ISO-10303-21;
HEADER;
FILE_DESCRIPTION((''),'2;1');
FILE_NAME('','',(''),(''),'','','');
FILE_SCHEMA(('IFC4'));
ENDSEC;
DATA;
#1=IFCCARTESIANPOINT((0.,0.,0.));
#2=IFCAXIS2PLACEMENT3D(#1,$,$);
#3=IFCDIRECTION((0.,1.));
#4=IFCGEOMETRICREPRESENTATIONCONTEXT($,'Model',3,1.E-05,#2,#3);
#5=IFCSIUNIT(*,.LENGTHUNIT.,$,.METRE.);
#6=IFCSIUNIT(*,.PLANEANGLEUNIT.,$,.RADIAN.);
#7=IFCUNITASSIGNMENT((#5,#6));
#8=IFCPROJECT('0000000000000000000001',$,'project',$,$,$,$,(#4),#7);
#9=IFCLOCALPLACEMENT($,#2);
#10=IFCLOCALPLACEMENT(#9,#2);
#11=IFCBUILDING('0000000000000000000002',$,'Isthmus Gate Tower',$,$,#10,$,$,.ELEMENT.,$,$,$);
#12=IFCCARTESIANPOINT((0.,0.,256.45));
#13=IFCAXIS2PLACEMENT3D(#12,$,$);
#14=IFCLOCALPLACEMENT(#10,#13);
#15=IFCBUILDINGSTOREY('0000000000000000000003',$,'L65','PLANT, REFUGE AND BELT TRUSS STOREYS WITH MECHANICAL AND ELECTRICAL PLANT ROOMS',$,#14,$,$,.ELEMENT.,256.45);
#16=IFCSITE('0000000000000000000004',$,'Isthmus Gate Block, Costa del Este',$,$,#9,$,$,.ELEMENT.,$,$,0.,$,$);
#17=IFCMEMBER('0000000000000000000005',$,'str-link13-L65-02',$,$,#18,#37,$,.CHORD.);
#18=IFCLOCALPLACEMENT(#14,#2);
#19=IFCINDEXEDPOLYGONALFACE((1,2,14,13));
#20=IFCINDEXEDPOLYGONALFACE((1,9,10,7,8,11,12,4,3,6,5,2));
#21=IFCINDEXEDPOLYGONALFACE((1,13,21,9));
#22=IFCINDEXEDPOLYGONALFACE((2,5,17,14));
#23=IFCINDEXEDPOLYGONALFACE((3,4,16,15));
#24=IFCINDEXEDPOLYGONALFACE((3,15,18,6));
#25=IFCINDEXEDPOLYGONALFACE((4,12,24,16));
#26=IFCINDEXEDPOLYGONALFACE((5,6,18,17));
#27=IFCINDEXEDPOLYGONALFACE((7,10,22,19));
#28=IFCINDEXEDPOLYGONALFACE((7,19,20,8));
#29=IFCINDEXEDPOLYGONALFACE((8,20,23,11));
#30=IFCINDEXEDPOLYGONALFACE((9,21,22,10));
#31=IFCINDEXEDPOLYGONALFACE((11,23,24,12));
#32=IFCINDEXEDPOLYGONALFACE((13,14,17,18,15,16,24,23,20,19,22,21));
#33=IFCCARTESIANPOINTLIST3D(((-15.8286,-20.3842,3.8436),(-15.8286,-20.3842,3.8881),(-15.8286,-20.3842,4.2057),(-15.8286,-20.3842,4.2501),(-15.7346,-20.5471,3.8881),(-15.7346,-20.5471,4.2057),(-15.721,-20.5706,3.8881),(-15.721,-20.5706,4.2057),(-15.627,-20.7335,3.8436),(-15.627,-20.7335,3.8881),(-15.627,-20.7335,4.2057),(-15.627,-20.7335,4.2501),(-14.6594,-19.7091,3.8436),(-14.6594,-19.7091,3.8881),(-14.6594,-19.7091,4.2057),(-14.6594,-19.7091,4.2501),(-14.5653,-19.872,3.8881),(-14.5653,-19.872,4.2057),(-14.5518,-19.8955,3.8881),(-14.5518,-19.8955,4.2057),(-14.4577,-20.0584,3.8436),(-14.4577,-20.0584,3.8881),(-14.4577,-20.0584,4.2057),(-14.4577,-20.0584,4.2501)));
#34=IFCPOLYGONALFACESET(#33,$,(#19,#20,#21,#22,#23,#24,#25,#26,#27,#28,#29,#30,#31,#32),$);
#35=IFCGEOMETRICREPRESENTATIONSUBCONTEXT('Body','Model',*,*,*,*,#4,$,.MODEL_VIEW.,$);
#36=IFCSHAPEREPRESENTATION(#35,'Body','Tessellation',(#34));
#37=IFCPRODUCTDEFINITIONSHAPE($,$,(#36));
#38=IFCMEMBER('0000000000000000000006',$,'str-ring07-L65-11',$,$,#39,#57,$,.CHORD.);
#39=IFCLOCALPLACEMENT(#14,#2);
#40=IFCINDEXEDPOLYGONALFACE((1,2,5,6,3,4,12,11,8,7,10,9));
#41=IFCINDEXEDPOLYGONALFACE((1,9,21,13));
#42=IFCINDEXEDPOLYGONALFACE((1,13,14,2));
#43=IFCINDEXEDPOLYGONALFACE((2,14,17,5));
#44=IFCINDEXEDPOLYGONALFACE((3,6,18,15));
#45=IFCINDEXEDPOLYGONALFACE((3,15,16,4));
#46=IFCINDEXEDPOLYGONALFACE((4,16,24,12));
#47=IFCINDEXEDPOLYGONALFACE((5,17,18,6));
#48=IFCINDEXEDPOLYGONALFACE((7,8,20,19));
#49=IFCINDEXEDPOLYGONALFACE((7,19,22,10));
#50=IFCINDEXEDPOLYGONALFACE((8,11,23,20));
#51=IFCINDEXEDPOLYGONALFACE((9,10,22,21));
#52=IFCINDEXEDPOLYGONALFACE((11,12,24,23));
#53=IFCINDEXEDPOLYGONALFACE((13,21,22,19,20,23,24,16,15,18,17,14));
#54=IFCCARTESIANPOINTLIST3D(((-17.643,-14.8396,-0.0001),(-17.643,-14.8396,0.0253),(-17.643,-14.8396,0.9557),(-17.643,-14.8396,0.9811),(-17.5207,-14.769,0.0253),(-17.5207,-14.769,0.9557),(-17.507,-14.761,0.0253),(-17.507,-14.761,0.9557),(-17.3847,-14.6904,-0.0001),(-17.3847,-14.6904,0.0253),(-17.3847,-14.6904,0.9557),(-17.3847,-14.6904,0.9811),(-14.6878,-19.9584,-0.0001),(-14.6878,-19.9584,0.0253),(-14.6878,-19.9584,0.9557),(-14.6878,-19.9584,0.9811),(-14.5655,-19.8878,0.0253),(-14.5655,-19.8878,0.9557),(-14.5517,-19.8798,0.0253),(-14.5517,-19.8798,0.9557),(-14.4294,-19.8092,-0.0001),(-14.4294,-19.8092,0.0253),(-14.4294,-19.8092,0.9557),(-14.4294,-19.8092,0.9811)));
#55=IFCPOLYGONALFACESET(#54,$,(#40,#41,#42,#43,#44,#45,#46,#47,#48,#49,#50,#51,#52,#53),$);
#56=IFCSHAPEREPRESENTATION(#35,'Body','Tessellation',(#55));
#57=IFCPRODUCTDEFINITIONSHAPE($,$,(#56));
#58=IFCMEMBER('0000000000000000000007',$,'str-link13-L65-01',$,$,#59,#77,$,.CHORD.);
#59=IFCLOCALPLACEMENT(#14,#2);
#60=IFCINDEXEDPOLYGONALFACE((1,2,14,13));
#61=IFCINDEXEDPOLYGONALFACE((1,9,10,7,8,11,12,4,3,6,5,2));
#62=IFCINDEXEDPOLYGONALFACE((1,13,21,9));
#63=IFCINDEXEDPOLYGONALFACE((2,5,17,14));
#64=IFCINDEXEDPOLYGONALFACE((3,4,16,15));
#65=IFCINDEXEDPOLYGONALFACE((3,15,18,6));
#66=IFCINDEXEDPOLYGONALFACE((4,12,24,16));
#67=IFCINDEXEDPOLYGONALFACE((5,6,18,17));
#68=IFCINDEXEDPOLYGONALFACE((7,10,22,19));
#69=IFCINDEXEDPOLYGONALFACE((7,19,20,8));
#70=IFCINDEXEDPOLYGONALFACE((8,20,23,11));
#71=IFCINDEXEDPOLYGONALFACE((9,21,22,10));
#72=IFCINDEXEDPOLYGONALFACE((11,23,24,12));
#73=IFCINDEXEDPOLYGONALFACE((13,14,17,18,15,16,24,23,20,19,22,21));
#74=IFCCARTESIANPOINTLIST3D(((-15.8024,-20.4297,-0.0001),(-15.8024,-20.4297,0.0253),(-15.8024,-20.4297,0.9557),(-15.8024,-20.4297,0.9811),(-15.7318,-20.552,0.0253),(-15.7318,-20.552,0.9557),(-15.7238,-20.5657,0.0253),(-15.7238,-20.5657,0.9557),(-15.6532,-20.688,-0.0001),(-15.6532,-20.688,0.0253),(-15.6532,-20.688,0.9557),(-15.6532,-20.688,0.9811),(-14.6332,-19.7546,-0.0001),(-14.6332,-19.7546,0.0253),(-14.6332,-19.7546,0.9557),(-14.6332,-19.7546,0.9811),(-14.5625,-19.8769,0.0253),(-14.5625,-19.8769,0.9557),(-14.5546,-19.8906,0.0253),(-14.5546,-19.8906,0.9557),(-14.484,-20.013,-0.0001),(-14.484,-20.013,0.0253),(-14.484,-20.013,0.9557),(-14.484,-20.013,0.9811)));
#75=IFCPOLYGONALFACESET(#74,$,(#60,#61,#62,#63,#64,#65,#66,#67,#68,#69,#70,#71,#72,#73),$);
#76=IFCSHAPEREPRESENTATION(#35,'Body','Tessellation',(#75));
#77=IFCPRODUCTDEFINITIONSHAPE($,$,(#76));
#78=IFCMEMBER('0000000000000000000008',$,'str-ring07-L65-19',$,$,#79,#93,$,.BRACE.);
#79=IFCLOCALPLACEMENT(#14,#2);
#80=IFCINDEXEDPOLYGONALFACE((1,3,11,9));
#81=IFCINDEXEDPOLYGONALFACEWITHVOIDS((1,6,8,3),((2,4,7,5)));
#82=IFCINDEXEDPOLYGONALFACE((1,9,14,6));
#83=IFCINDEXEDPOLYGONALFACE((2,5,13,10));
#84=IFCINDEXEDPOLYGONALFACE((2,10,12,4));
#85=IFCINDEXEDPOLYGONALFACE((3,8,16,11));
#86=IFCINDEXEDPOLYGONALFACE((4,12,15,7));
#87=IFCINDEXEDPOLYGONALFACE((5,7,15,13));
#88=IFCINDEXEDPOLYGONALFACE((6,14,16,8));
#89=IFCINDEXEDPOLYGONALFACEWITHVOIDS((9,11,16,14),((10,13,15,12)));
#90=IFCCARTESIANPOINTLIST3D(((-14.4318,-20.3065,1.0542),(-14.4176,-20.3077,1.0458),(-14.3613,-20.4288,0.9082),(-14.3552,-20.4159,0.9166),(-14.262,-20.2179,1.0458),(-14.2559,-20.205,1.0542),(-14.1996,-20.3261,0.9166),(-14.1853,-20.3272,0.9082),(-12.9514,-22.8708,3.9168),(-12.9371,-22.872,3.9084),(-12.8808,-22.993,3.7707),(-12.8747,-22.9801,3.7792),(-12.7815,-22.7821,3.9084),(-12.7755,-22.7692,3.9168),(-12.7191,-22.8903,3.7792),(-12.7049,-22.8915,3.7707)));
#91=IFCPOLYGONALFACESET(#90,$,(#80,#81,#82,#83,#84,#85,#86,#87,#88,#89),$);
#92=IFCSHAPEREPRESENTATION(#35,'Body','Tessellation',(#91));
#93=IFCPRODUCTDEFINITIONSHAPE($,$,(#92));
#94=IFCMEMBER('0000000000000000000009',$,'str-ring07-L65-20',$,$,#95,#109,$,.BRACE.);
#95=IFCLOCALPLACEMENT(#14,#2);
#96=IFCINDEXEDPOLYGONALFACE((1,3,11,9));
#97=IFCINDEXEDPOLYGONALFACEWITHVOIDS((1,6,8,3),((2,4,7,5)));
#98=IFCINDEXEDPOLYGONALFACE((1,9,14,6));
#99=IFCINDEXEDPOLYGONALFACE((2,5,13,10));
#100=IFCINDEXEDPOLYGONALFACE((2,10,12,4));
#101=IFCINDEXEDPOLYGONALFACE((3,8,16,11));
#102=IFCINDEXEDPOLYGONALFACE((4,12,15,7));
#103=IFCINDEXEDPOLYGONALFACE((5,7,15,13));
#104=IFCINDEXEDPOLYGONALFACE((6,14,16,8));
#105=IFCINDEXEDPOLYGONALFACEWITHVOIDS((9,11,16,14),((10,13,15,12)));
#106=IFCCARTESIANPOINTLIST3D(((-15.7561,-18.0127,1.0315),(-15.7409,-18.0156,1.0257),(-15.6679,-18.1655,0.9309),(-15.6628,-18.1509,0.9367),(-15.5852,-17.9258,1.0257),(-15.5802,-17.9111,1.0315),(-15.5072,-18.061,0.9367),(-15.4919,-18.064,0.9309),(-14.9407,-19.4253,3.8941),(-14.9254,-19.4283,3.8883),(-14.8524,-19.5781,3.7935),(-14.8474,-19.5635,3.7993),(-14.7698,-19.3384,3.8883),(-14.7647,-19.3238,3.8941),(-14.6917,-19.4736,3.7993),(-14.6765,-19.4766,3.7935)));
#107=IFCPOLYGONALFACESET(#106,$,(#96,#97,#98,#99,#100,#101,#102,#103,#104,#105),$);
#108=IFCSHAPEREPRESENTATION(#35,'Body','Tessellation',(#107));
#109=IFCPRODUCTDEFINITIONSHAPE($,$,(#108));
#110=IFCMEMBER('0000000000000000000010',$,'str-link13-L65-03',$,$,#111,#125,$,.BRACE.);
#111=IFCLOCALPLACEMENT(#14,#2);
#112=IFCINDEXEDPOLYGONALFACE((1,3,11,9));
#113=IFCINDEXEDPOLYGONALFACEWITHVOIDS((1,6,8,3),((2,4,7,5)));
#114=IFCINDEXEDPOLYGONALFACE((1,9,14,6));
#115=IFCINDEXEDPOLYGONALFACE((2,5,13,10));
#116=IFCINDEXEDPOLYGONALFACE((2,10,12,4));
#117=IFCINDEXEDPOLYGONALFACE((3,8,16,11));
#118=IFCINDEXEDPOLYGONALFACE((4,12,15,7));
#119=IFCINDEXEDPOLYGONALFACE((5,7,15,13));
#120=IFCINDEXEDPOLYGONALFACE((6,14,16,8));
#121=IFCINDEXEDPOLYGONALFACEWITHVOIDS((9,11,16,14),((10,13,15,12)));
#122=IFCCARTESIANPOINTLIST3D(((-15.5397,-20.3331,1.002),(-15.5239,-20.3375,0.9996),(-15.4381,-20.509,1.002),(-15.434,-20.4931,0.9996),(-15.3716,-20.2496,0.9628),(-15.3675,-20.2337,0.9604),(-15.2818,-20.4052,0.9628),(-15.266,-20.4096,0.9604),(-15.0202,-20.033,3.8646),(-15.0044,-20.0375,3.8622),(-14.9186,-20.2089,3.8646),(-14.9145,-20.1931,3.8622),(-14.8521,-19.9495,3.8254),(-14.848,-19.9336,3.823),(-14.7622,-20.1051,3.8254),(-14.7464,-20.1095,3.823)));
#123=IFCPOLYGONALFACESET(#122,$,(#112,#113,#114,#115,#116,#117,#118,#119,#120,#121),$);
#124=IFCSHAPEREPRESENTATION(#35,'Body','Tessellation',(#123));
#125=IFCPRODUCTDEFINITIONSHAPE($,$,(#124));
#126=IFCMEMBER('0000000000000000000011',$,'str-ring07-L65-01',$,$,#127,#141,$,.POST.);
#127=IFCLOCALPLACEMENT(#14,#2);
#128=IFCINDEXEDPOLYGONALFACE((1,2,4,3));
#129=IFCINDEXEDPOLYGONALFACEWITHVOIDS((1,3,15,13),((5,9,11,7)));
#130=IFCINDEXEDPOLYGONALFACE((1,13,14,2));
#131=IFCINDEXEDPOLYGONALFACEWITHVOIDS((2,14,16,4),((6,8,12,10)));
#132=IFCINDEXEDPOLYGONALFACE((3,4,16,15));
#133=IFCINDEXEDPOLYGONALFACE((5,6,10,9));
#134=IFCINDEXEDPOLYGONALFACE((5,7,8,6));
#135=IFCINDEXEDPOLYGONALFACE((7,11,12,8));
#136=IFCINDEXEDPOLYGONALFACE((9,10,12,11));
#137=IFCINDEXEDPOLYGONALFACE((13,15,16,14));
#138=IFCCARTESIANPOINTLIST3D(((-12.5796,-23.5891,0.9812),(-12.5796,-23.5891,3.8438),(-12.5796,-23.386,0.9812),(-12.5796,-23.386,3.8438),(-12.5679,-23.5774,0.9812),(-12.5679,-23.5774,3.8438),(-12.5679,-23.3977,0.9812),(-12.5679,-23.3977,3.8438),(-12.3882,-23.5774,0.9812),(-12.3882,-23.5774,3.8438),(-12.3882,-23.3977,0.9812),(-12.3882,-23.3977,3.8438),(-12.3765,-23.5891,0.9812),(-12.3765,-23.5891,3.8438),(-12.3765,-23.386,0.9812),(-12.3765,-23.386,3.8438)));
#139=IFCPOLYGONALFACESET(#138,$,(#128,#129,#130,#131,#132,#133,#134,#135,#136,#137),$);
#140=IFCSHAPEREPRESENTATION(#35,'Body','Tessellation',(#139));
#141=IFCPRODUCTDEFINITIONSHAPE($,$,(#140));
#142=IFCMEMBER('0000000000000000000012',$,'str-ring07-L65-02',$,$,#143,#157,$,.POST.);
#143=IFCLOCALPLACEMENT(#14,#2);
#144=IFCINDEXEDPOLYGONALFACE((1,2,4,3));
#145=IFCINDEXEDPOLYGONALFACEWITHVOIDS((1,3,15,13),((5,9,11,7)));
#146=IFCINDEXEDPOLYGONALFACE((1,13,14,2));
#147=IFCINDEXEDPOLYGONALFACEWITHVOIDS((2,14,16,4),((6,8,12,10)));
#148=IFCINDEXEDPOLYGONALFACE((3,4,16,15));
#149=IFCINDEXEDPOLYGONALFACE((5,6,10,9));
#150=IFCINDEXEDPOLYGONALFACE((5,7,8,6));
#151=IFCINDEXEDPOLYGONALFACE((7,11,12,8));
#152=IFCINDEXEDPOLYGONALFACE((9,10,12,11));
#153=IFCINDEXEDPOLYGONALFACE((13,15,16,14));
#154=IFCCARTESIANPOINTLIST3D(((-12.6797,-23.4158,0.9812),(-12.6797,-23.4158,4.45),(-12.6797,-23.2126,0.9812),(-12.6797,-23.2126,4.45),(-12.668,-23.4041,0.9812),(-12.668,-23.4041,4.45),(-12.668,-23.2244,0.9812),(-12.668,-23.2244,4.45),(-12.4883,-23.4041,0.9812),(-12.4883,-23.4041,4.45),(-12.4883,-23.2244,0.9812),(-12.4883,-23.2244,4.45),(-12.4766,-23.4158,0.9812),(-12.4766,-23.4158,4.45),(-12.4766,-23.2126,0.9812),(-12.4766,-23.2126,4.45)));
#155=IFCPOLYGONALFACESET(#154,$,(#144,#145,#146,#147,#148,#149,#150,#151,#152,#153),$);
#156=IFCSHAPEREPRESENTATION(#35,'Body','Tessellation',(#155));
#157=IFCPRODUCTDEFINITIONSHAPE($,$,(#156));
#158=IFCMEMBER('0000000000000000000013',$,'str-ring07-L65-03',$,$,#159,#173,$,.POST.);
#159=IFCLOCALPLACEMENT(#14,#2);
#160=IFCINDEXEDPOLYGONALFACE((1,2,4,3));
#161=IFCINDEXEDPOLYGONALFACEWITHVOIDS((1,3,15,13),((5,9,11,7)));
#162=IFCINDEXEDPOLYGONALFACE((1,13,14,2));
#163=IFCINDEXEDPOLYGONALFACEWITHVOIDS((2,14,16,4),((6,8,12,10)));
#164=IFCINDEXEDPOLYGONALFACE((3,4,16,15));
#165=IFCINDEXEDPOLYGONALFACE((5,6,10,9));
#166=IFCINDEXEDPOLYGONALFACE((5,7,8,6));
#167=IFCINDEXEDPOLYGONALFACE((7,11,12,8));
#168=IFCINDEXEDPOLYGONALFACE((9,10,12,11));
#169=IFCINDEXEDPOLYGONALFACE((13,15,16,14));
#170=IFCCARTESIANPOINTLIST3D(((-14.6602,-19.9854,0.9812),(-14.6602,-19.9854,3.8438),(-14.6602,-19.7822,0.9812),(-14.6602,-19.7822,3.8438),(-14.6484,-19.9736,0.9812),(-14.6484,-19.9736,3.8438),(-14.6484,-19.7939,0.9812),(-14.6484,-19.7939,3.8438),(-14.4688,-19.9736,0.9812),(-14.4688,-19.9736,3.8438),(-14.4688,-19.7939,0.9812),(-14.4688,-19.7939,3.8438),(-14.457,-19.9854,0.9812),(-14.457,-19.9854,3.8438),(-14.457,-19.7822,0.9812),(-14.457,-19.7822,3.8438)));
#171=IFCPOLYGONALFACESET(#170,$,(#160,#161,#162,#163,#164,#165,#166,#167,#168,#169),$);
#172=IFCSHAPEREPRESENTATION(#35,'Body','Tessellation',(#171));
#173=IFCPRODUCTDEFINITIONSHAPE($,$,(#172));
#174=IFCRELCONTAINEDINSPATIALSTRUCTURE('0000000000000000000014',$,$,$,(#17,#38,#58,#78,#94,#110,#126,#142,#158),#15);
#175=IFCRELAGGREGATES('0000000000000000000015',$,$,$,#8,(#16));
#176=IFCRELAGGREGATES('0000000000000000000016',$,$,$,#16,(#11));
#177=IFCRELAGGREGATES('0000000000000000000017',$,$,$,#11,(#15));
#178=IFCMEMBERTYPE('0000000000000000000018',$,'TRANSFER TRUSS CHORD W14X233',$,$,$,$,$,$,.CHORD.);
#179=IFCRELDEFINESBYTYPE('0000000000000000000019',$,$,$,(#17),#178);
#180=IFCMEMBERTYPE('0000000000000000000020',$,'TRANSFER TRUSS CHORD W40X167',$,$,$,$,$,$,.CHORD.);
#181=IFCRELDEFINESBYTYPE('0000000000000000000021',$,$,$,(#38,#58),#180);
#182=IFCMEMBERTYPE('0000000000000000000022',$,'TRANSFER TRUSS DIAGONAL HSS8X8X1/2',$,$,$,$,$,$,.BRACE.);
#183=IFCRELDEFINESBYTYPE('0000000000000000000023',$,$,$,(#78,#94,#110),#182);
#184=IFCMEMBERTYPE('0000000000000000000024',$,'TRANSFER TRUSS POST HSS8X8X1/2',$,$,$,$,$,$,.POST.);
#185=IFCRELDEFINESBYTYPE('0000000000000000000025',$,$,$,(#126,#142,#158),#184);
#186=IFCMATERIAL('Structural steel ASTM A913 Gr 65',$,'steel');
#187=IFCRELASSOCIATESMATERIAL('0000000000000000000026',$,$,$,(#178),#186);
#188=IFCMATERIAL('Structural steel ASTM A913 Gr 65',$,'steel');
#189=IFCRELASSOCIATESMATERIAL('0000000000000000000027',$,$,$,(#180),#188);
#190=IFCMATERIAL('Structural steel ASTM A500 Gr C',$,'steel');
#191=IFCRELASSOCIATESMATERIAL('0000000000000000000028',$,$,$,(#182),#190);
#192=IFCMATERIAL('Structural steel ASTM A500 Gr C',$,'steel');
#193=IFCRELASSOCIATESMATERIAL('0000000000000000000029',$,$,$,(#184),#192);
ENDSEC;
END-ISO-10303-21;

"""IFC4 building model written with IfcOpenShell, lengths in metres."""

from ifc_helpers import new_model, si_unit, direction, frame, origin, origin_2d, place, context, subcontext, project, spatial, hollow_rectangle, i_section, extrude, material, material_profile, profile_set, type_object, element, save


model = new_model("IFC4")

# Units and contexts
model_context = context("Model", 3, precision=1e-05, world=origin(), true_north=direction((0.0, 1.0)))
body_context = subcontext(model_context, "Body", "Model", "MODEL_VIEW")
ifc_project = project(units=[si_unit("LENGTHUNIT", "METRE"), si_unit("PLANEANGLEUNIT", "RADIAN")], contexts=[model_context])

# Site, building, storey
site_placement = place(None, origin())
site = spatial("IfcSite", under=ifc_project, at=site_placement, Name="Isthmus Gate Block, Costa del Este", CompositionType="ELEMENT", RefElevation=0.0)
building_placement = place(site_placement, origin())
building = spatial("IfcBuilding", under=site, at=building_placement, Name="Isthmus Gate Tower", CompositionType="ELEMENT")
storey_placement = place(building_placement, frame((0.0, 0.0, 256.45)))
storey = spatial("IfcBuildingStorey", under=building, at=storey_placement, Name="L65", Description="PLANT, REFUGE AND BELT TRUSS STOREYS WITH MECHANICAL AND ELECTRICAL PLANT ROOMS", CompositionType="ELEMENT", Elevation=256.45)

# Members
ifc_material_1 = material(Name="Structural steel ASTM A913 Gr 65", Category="steel")
ifc_material_profile_1 = material_profile(ifc_material_1, i_section(OverallWidth=0.4033, OverallDepth=0.4065, WebThickness=0.0271, FlangeThickness=0.0444, at=origin_2d()), Name="W14X233")
ifc_profile_set_1 = profile_set([ifc_material_profile_1], Name="Structural steel ASTM A913 Gr 65")
member_type_1 = type_object("IfcMemberType", Name="TRANSFER TRUSS CHORD W14X233", PredefinedType="CHORD", material=ifc_profile_set_1)
member_1_placement = place(storey_placement, frame((-15.7278, -20.5588, 4.0469), z_axis=(0.86602, 0.500009, 0.0), x_axis=(-0.500009, 0.86602, 0.0)))
element("IfcMember", 1, at=member_1_placement, inside=storey, type_object=member_type_1, Name="str-link13-L65-02", PredefinedType="CHORD", context=body_context, shape_type="SweptSolid", body=[
    extrude(i_section(OverallWidth=0.4033, OverallDepth=0.4065, WebThickness=0.0271, FlangeThickness=0.0444, at=origin_2d()), origin(), (0.0, 0.0, 1.0), 1.3501),
])
ifc_material_2 = material(Name="Structural steel ASTM A913 Gr 65", Category="steel")
ifc_material_profile_2 = material_profile(ifc_material_2, i_section(OverallWidth=0.2983, OverallDepth=0.9812, WebThickness=0.0159, FlangeThickness=0.0254, at=origin_2d()), Name="W40X167")
ifc_profile_set_2 = profile_set([ifc_material_profile_2], Name="Structural steel ASTM A913 Gr 65")
member_type_2 = type_object("IfcMemberType", Name="TRANSFER TRUSS CHORD W40X167", PredefinedType="CHORD", material=ifc_profile_set_2)
member_2_placement = place(storey_placement, frame((-14.5586, -19.8838, 0.4905), z_axis=(-0.499991, 0.866031, 0.0), x_axis=(-0.866031, -0.499991, 0.0)))
element("IfcMember", 2, at=member_2_placement, inside=storey, type_object=member_type_2, Name="str-ring07-L65-11", PredefinedType="CHORD", context=body_context, shape_type="SweptSolid", body=[
    extrude(i_section(OverallWidth=0.2983, OverallDepth=0.9812, WebThickness=0.0159, FlangeThickness=0.0254, at=origin_2d()), origin(), (0.0, 0.0, 1.0), 5.9106),
])
member_3_placement = place(storey_placement, frame((-15.7278, -20.5588, 0.4905), z_axis=(0.86602, 0.500009, 0.0), x_axis=(-0.500009, 0.86602, 0.0)))
element("IfcMember", 3, at=member_3_placement, inside=storey, type_object=member_type_2, Name="str-link13-L65-01", PredefinedType="CHORD", context=body_context, shape_type="SweptSolid", body=[
    extrude(i_section(OverallWidth=0.2983, OverallDepth=0.9812, WebThickness=0.0159, FlangeThickness=0.0254, at=origin_2d()), origin(), (0.0, 0.0, 1.0), 1.3501),
])
ifc_material_3 = material(Name="Structural steel ASTM A500 Gr C", Category="steel")
ifc_material_profile_3 = material_profile(ifc_material_3, hollow_rectangle(XDim=0.2031, YDim=0.2031, WallThickness=0.0117, at=origin_2d()), Name="HSS8X8X1/2")
ifc_profile_set_3 = profile_set([ifc_material_profile_3], Name="Structural steel ASTM A500 Gr C")
member_type_3 = type_object("IfcMemberType", Name="TRANSFER TRUSS DIAGONAL HSS8X8X1/2", PredefinedType="BRACE", material=ifc_profile_set_3)
member_4_placement = place(storey_placement, frame((-14.3086, -20.3169, 0.9812), z_axis=(0.359477, -0.622624, 0.695065), x_axis=(0.866022, 0.500006, 0.0)))
element("IfcMember", 4, at=member_4_placement, inside=storey, type_object=member_type_3, Name="str-ring07-L65-19", PredefinedType="BRACE", context=body_context, shape_type="SweptSolid", body=[
    extrude(hollow_rectangle(XDim=0.2031, YDim=0.2031, WallThickness=0.0117, at=origin_2d()), origin(), (0.0, 0.0, 1.0), 4.1184),
])
member_5_placement = place(storey_placement, frame((-15.624, -18.0383, 0.9812), z_axis=(0.247503, -0.428758, 0.868855), x_axis=(0.866061, 0.499938, 0.0)))
element("IfcMember", 5, at=member_5_placement, inside=storey, type_object=member_type_3, Name="str-ring07-L65-20", PredefinedType="BRACE", context=body_context, shape_type="SweptSolid", body=[
    extrude(hollow_rectangle(XDim=0.2031, YDim=0.2031, WallThickness=0.0117, at=origin_2d()), origin(), (0.0, 0.0, 1.0), 3.2947),
])
member_6_placement = place(storey_placement, frame((-15.4028, -20.3713, 0.9812), z_axis=(0.177633, 0.10259, 0.978735), x_axis=(-0.500122, 0.865955, 0.0)))
element("IfcMember", 6, at=member_6_placement, inside=storey, type_object=member_type_3, Name="str-link13-L65-03", PredefinedType="BRACE", context=body_context, shape_type="SweptSolid", body=[
    extrude(hollow_rectangle(XDim=0.2031, YDim=0.2031, WallThickness=0.0117, at=origin_2d()), origin(), (0.0, 0.0, 1.0), 2.9248),
])
ifc_material_4 = material(Name="Structural steel ASTM A500 Gr C", Category="steel")
ifc_material_profile_4 = material_profile(ifc_material_4, hollow_rectangle(XDim=0.2031, YDim=0.2031, WallThickness=0.0117, at=origin_2d()), Name="HSS8X8X1/2")
ifc_profile_set_4 = profile_set([ifc_material_profile_4], Name="Structural steel ASTM A500 Gr C")
member_type_4 = type_object("IfcMemberType", Name="TRANSFER TRUSS POST HSS8X8X1/2", PredefinedType="POST", material=ifc_profile_set_4)
member_7_placement = place(storey_placement, frame((-12.478, -23.4875, 0.9812), z_axis=(0.0, 0.0, 1.0), x_axis=(1.0, 0.0, 0.0)))
element("IfcMember", 7, at=member_7_placement, inside=storey, type_object=member_type_4, Name="str-ring07-L65-01", PredefinedType="POST", context=body_context, shape_type="SweptSolid", body=[
    extrude(hollow_rectangle(XDim=0.2031, YDim=0.2031, WallThickness=0.0117, at=origin_2d()), origin(), (0.0, 0.0, 1.0), 2.8625),
])
member_8_placement = place(storey_placement, frame((-12.5781, -23.3142, 0.9812), z_axis=(0.0, 0.0, 1.0), x_axis=(1.0, 0.0, 0.0)))
element("IfcMember", 8, at=member_8_placement, inside=storey, type_object=member_type_4, Name="str-ring07-L65-02", PredefinedType="POST", context=body_context, shape_type="SweptSolid", body=[
    extrude(hollow_rectangle(XDim=0.2031, YDim=0.2031, WallThickness=0.0117, at=origin_2d()), origin(), (0.0, 0.0, 1.0), 3.4688),
])
member_9_placement = place(storey_placement, frame((-14.5586, -19.8838, 0.9812), z_axis=(0.0, 0.0, 1.0), x_axis=(1.0, 0.0, 0.0)))
element("IfcMember", 9, at=member_9_placement, inside=storey, type_object=member_type_4, Name="str-ring07-L65-03", PredefinedType="POST", context=body_context, shape_type="SweptSolid", body=[
    extrude(hollow_rectangle(XDim=0.2031, YDim=0.2031, WallThickness=0.0117, at=origin_2d()), origin(), (0.0, 0.0, 1.0), 2.8625),
])

save(model, "model.ifc")
